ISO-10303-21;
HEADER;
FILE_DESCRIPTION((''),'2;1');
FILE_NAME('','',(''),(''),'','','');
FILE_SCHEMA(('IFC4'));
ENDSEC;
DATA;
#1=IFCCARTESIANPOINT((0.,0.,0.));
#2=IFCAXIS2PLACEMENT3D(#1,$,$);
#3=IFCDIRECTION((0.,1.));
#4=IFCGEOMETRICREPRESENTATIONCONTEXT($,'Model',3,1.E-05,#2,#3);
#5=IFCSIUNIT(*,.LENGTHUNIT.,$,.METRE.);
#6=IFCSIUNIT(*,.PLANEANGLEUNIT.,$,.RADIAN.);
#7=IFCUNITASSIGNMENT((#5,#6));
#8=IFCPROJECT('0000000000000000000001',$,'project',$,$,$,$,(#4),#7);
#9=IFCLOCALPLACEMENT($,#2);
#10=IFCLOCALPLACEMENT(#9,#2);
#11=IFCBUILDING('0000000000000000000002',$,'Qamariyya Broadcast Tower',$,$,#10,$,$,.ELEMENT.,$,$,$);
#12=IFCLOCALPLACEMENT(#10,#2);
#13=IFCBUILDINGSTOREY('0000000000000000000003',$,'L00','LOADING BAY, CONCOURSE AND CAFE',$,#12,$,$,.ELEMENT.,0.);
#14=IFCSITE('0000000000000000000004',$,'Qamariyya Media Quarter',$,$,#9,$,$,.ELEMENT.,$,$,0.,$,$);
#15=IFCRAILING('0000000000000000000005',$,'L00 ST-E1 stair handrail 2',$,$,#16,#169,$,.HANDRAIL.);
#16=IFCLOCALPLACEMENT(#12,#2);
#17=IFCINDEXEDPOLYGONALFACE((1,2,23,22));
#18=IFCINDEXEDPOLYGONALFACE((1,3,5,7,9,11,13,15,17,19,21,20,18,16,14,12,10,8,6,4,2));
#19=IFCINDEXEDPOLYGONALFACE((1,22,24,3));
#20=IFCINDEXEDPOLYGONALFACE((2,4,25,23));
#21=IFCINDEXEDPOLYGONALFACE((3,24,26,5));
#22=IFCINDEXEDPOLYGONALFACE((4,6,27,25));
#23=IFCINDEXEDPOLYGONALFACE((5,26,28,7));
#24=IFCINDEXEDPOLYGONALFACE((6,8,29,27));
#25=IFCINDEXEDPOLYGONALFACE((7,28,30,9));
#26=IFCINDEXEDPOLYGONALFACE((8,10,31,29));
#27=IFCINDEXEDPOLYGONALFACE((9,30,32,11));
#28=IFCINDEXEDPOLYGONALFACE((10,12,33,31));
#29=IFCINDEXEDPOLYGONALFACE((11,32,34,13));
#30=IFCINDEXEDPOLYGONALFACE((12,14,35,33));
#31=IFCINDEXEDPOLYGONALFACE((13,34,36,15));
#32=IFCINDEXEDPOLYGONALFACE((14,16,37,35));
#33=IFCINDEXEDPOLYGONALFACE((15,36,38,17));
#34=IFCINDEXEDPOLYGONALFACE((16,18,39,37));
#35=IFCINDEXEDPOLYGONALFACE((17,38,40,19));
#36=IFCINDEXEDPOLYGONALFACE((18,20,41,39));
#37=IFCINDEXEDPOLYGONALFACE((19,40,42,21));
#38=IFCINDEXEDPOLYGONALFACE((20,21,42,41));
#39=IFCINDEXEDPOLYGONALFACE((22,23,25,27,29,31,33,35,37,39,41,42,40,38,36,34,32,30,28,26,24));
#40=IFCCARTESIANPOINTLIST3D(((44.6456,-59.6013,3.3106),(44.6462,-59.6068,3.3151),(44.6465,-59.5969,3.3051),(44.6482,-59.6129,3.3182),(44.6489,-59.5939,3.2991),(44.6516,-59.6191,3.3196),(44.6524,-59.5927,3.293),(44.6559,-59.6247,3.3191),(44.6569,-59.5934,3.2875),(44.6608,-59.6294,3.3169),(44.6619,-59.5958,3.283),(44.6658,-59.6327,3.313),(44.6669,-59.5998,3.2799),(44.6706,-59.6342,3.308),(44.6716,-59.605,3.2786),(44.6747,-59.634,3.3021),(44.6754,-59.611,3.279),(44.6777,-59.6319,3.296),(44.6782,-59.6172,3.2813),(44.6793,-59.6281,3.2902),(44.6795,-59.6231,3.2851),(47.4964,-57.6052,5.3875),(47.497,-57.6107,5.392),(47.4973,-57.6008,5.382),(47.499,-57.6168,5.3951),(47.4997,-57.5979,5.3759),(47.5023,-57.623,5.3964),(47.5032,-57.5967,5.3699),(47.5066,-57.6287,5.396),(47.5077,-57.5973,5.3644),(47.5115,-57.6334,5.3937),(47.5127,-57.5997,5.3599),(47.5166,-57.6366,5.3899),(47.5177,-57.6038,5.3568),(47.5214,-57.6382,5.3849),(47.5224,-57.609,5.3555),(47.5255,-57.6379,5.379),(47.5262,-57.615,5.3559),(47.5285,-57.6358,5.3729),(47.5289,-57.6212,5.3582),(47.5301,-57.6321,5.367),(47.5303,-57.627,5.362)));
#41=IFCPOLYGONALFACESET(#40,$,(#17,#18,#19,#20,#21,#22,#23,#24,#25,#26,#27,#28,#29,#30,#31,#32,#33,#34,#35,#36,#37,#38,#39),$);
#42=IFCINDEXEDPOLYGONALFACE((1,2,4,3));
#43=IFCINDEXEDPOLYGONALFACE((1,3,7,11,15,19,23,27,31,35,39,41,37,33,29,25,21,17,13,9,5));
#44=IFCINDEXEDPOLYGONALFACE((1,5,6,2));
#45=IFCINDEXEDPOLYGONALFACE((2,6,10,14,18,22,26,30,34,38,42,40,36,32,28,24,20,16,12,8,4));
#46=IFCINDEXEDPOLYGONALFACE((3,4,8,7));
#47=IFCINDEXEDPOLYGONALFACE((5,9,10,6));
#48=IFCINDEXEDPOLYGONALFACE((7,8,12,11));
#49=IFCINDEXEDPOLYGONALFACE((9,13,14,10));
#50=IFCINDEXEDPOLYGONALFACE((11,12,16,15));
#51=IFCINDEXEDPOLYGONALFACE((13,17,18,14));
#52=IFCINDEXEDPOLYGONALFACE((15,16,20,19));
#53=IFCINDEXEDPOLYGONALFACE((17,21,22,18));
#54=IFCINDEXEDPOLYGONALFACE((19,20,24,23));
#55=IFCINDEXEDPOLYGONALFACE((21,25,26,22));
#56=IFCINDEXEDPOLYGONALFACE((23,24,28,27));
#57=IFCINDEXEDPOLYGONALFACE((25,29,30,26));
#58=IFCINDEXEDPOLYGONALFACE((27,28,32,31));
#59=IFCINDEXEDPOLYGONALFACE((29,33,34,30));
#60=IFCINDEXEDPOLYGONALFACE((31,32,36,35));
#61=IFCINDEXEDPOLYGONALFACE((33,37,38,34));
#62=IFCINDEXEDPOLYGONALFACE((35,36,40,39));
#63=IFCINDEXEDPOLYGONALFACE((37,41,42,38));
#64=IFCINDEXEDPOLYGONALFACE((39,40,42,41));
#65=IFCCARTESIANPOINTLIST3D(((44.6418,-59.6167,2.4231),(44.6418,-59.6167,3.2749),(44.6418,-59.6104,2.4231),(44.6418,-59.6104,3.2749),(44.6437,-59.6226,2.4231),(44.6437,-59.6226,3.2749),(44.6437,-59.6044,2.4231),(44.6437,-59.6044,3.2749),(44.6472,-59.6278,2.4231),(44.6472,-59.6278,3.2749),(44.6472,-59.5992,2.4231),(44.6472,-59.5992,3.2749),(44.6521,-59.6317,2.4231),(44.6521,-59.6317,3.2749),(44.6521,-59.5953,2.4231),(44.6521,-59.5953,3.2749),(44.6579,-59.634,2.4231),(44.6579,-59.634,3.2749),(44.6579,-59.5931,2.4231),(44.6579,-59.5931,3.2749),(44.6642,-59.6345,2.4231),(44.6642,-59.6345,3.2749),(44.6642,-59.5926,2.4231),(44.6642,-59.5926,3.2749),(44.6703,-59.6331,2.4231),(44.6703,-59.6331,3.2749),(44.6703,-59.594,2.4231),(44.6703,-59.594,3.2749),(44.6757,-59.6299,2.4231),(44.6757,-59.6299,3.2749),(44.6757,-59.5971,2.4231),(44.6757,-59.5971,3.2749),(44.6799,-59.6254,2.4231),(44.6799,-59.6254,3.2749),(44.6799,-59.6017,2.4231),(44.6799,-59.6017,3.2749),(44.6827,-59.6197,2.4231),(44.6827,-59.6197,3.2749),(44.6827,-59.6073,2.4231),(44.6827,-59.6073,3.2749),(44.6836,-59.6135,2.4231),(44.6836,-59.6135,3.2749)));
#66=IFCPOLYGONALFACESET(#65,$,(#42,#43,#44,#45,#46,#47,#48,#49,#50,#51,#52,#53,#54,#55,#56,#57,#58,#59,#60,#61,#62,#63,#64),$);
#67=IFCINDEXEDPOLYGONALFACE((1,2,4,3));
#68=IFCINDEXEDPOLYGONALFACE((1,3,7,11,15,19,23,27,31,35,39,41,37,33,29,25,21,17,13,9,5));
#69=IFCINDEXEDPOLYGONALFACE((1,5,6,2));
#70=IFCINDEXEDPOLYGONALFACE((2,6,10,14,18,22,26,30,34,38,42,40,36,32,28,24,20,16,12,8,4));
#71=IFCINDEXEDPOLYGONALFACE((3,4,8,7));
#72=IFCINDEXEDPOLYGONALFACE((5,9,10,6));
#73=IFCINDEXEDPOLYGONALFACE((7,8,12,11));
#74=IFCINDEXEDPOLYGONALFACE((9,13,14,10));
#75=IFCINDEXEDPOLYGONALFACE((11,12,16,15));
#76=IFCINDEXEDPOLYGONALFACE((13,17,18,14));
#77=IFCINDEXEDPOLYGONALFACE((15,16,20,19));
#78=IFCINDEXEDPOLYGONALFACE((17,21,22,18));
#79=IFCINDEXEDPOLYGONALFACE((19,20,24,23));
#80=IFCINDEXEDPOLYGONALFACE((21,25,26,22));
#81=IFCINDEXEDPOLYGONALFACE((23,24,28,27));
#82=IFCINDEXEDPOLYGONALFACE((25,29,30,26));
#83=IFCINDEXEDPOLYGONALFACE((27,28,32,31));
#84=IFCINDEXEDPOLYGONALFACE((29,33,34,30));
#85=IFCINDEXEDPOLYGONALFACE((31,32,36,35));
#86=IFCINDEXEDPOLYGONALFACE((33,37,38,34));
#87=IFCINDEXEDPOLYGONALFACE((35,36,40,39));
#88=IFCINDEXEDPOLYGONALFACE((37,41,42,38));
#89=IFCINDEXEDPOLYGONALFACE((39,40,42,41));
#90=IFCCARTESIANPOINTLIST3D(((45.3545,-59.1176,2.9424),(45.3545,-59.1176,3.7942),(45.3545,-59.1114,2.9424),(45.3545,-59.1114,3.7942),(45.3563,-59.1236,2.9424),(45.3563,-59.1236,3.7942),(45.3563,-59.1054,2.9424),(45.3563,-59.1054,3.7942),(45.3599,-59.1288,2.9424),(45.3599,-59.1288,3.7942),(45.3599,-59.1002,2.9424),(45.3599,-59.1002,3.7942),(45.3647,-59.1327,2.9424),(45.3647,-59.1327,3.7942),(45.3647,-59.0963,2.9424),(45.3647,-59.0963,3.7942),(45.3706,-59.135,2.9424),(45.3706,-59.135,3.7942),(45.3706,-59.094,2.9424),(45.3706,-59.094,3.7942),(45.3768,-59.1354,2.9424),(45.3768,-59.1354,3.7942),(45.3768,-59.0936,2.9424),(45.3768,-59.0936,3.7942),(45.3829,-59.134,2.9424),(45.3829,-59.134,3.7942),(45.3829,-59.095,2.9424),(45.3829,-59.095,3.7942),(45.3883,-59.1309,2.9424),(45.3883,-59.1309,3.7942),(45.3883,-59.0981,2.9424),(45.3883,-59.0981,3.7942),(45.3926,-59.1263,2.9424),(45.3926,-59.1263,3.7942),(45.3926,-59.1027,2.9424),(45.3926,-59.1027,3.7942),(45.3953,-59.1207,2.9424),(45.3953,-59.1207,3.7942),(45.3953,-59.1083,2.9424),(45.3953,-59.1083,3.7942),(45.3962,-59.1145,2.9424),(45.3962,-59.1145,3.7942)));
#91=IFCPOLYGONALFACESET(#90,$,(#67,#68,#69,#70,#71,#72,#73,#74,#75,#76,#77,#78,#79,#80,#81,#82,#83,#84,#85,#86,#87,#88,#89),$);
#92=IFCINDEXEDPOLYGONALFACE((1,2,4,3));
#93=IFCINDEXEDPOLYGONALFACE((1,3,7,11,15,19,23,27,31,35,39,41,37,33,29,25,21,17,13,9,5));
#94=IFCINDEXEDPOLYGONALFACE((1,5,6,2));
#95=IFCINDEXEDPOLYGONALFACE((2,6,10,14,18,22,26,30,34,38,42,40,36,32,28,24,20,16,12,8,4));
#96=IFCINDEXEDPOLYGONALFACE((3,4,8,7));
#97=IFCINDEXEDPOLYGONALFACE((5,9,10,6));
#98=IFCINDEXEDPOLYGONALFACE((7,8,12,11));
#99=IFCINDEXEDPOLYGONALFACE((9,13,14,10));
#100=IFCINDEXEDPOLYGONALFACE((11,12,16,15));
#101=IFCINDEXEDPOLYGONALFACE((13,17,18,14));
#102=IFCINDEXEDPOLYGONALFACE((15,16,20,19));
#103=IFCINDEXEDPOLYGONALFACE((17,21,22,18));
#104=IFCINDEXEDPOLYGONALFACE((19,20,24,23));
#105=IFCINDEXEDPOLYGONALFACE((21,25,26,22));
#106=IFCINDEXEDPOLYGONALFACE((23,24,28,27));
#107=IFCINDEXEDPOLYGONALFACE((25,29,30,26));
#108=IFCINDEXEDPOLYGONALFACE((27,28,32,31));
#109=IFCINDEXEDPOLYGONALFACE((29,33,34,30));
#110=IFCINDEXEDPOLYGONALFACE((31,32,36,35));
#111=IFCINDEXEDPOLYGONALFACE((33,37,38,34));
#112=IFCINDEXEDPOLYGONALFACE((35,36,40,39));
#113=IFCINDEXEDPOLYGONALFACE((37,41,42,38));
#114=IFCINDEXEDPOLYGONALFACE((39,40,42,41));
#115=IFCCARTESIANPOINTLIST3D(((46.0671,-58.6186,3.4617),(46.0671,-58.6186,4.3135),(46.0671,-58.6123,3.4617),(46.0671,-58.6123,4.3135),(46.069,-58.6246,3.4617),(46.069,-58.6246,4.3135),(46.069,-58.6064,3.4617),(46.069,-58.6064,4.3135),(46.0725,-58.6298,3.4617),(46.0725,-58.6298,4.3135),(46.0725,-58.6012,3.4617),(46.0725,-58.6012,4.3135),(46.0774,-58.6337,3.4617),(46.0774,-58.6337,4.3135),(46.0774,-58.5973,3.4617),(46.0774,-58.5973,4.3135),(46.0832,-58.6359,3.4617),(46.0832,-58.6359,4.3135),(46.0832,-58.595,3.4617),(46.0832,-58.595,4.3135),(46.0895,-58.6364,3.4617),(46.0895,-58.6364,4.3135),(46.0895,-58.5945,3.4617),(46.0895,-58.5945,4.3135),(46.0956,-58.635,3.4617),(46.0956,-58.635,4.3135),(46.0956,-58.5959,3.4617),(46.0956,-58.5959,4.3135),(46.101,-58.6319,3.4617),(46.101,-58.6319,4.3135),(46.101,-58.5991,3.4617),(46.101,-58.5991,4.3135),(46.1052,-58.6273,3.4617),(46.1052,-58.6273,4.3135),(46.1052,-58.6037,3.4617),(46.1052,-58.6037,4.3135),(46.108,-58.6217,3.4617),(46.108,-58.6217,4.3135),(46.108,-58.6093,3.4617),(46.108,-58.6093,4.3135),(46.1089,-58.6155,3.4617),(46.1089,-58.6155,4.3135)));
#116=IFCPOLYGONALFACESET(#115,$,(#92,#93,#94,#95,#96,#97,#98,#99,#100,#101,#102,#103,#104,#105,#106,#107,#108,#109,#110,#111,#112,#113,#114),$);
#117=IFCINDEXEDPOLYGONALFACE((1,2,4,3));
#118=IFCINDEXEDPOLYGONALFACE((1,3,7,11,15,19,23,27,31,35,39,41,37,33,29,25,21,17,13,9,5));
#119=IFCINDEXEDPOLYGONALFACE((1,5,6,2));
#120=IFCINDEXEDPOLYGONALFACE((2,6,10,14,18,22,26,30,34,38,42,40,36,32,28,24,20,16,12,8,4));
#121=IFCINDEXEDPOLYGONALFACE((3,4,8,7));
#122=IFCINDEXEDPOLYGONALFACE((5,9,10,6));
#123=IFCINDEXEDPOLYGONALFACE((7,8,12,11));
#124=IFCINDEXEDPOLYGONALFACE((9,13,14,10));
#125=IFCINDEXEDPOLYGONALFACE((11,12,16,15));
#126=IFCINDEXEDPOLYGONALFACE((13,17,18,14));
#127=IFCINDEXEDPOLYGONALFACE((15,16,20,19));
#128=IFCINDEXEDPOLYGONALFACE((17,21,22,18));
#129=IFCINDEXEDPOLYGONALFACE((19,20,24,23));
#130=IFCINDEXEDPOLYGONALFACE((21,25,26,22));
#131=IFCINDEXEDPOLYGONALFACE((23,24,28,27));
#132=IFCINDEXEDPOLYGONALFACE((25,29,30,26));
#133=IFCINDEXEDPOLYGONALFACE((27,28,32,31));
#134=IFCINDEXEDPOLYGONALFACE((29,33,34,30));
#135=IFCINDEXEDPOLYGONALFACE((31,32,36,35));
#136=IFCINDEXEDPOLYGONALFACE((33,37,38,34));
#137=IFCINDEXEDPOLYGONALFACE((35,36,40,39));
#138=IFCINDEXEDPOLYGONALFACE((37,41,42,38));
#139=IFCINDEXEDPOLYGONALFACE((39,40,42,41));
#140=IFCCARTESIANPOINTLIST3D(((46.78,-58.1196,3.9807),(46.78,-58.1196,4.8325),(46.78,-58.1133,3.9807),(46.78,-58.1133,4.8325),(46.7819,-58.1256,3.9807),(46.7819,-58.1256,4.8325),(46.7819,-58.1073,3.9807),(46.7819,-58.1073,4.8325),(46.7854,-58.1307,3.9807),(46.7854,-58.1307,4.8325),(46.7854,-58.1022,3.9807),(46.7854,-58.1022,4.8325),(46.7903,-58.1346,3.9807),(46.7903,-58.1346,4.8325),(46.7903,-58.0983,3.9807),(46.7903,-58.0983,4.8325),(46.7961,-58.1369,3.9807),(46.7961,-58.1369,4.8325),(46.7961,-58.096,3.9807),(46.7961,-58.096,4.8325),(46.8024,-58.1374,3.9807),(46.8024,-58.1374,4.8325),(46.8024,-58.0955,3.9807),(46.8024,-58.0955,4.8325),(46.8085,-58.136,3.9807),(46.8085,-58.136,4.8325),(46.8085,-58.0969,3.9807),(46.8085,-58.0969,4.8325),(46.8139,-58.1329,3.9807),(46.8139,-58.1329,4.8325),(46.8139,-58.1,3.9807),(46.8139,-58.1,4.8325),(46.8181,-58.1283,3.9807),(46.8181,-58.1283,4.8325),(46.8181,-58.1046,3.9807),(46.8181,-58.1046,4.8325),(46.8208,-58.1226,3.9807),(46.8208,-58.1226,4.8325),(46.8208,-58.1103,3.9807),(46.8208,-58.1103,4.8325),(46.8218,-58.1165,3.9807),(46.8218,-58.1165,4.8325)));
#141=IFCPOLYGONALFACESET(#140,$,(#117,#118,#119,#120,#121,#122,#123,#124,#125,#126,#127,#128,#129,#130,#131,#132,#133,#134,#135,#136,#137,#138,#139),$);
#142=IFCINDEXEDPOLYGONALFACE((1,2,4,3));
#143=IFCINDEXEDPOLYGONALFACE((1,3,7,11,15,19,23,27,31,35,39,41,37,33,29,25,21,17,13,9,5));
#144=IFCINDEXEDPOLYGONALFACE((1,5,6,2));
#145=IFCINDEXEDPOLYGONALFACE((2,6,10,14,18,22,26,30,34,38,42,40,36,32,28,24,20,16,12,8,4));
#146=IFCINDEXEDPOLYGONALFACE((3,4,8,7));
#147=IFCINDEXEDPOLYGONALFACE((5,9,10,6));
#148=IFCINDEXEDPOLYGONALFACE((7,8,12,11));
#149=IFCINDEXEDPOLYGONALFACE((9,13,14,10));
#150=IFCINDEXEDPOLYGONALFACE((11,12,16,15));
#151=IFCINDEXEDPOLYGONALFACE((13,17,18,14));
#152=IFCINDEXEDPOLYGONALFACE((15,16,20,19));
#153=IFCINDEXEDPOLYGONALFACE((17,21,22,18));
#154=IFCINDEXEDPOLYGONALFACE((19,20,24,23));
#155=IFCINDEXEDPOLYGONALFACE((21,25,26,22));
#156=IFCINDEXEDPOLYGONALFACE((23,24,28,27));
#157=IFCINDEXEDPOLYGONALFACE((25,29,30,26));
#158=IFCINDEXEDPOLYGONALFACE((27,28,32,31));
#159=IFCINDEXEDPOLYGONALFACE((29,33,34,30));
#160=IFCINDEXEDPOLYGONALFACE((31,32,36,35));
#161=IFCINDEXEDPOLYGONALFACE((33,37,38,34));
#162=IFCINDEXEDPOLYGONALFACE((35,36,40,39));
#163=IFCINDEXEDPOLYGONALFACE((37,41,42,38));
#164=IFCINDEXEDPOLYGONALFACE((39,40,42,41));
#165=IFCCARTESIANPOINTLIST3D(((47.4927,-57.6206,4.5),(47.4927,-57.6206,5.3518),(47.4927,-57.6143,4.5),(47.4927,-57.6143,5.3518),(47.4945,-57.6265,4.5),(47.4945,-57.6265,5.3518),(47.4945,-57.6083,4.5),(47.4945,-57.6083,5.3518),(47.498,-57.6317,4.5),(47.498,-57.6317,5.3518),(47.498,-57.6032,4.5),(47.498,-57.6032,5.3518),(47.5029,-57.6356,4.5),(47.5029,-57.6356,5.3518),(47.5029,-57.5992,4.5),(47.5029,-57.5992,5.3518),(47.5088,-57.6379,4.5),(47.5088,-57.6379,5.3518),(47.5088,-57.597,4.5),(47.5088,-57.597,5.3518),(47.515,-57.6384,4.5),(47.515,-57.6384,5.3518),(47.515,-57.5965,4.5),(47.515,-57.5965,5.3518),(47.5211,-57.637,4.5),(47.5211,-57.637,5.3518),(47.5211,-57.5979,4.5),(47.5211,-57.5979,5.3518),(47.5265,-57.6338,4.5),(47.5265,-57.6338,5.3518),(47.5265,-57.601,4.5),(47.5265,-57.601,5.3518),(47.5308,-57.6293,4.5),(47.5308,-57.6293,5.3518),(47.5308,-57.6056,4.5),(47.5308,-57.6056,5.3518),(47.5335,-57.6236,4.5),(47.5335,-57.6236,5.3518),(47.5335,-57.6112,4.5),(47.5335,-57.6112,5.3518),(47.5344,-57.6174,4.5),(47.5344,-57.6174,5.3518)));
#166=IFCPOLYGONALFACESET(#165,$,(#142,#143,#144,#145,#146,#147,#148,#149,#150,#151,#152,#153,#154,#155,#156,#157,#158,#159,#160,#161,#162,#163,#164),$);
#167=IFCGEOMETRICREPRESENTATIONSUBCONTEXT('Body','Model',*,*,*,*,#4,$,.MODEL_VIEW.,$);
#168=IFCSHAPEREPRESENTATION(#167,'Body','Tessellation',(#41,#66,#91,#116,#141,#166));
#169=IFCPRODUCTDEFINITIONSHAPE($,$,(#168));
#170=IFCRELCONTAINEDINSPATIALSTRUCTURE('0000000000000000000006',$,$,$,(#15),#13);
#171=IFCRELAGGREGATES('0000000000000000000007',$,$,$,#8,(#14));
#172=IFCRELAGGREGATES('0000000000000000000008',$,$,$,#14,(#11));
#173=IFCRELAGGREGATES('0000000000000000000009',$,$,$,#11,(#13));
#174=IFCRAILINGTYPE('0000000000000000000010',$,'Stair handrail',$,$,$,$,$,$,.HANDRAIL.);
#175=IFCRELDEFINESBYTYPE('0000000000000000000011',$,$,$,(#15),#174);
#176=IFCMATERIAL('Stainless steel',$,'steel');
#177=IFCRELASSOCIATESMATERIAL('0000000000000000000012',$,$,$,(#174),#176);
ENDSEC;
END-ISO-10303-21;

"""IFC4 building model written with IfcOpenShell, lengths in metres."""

from ifc_helpers import new_model, si_unit, direction, frame, origin, origin_2d, place, context, subcontext, project, spatial, circle, extrude, material, type_object, element, save


model = new_model("IFC4")

# Units and contexts
model_context = context("Model", 3, precision=1e-05, world=origin(), true_north=direction((0.0, 1.0)))
body_context = subcontext(model_context, "Body", "Model", "MODEL_VIEW")
ifc_project = project(units=[si_unit("LENGTHUNIT", "METRE"), si_unit("PLANEANGLEUNIT", "RADIAN")], contexts=[model_context])

# Site, building, storey
site_placement = place(None, origin())
site = spatial("IfcSite", under=ifc_project, at=site_placement, Name="Qamariyya Media Quarter", CompositionType="ELEMENT", RefElevation=0.0)
building_placement = place(site_placement, origin())
building = spatial("IfcBuilding", under=site, at=building_placement, Name="Qamariyya Broadcast Tower", CompositionType="ELEMENT")
storey_placement = place(building_placement, origin())
storey = spatial("IfcBuildingStorey", under=building, at=storey_placement, Name="L00", Description="LOADING BAY, CONCOURSE AND CAFE", CompositionType="ELEMENT", Elevation=0.0)

# Railing
ifc_material_1 = material(Name="Stainless steel", Category="steel")
railing_type_1 = type_object("IfcRailingType", Name="Stair handrail", PredefinedType="HANDRAIL", material=ifc_material_1)
railing_1_placement = place(storey_placement, frame((44.6626, -59.6135, 2.4231)))
element("IfcRailing", 1, at=railing_1_placement, inside=storey, type_object=railing_type_1, Name="L00 ST-E1 stair handrail 2", PredefinedType="HANDRAIL", context=body_context, shape_type="SweptSolid", body=[
    extrude(circle(Radius=0.0239, at=origin_2d()), frame((0.0, 0.0, 0.876), z_axis=(0.703423, 0.492523, 0.512462), x_axis=(-0.573561, 0.819163, 0.0)), (0.0, 0.0, 1.0), 4.0527),
    extrude(circle(Radius=0.021, at=origin_2d()), origin(), (0.0, 0.0, 1.0), 0.8518),
    extrude(circle(Radius=0.021, at=origin_2d()), frame((0.7126, 0.499, 0.5193)), (0.0, 0.0, 1.0), 0.8518),
    extrude(circle(Radius=0.021, at=origin_2d()), frame((1.4253, 0.998, 1.0386)), (0.0, 0.0, 1.0), 0.8518),
    extrude(circle(Radius=0.021, at=origin_2d()), frame((2.1382, 1.4971, 1.5576)), (0.0, 0.0, 1.0), 0.8518),
    extrude(circle(Radius=0.021, at=origin_2d()), frame((2.8508, 1.9961, 2.0769)), (0.0, 0.0, 1.0), 0.8518),
])

save(model, "model.ifc")
